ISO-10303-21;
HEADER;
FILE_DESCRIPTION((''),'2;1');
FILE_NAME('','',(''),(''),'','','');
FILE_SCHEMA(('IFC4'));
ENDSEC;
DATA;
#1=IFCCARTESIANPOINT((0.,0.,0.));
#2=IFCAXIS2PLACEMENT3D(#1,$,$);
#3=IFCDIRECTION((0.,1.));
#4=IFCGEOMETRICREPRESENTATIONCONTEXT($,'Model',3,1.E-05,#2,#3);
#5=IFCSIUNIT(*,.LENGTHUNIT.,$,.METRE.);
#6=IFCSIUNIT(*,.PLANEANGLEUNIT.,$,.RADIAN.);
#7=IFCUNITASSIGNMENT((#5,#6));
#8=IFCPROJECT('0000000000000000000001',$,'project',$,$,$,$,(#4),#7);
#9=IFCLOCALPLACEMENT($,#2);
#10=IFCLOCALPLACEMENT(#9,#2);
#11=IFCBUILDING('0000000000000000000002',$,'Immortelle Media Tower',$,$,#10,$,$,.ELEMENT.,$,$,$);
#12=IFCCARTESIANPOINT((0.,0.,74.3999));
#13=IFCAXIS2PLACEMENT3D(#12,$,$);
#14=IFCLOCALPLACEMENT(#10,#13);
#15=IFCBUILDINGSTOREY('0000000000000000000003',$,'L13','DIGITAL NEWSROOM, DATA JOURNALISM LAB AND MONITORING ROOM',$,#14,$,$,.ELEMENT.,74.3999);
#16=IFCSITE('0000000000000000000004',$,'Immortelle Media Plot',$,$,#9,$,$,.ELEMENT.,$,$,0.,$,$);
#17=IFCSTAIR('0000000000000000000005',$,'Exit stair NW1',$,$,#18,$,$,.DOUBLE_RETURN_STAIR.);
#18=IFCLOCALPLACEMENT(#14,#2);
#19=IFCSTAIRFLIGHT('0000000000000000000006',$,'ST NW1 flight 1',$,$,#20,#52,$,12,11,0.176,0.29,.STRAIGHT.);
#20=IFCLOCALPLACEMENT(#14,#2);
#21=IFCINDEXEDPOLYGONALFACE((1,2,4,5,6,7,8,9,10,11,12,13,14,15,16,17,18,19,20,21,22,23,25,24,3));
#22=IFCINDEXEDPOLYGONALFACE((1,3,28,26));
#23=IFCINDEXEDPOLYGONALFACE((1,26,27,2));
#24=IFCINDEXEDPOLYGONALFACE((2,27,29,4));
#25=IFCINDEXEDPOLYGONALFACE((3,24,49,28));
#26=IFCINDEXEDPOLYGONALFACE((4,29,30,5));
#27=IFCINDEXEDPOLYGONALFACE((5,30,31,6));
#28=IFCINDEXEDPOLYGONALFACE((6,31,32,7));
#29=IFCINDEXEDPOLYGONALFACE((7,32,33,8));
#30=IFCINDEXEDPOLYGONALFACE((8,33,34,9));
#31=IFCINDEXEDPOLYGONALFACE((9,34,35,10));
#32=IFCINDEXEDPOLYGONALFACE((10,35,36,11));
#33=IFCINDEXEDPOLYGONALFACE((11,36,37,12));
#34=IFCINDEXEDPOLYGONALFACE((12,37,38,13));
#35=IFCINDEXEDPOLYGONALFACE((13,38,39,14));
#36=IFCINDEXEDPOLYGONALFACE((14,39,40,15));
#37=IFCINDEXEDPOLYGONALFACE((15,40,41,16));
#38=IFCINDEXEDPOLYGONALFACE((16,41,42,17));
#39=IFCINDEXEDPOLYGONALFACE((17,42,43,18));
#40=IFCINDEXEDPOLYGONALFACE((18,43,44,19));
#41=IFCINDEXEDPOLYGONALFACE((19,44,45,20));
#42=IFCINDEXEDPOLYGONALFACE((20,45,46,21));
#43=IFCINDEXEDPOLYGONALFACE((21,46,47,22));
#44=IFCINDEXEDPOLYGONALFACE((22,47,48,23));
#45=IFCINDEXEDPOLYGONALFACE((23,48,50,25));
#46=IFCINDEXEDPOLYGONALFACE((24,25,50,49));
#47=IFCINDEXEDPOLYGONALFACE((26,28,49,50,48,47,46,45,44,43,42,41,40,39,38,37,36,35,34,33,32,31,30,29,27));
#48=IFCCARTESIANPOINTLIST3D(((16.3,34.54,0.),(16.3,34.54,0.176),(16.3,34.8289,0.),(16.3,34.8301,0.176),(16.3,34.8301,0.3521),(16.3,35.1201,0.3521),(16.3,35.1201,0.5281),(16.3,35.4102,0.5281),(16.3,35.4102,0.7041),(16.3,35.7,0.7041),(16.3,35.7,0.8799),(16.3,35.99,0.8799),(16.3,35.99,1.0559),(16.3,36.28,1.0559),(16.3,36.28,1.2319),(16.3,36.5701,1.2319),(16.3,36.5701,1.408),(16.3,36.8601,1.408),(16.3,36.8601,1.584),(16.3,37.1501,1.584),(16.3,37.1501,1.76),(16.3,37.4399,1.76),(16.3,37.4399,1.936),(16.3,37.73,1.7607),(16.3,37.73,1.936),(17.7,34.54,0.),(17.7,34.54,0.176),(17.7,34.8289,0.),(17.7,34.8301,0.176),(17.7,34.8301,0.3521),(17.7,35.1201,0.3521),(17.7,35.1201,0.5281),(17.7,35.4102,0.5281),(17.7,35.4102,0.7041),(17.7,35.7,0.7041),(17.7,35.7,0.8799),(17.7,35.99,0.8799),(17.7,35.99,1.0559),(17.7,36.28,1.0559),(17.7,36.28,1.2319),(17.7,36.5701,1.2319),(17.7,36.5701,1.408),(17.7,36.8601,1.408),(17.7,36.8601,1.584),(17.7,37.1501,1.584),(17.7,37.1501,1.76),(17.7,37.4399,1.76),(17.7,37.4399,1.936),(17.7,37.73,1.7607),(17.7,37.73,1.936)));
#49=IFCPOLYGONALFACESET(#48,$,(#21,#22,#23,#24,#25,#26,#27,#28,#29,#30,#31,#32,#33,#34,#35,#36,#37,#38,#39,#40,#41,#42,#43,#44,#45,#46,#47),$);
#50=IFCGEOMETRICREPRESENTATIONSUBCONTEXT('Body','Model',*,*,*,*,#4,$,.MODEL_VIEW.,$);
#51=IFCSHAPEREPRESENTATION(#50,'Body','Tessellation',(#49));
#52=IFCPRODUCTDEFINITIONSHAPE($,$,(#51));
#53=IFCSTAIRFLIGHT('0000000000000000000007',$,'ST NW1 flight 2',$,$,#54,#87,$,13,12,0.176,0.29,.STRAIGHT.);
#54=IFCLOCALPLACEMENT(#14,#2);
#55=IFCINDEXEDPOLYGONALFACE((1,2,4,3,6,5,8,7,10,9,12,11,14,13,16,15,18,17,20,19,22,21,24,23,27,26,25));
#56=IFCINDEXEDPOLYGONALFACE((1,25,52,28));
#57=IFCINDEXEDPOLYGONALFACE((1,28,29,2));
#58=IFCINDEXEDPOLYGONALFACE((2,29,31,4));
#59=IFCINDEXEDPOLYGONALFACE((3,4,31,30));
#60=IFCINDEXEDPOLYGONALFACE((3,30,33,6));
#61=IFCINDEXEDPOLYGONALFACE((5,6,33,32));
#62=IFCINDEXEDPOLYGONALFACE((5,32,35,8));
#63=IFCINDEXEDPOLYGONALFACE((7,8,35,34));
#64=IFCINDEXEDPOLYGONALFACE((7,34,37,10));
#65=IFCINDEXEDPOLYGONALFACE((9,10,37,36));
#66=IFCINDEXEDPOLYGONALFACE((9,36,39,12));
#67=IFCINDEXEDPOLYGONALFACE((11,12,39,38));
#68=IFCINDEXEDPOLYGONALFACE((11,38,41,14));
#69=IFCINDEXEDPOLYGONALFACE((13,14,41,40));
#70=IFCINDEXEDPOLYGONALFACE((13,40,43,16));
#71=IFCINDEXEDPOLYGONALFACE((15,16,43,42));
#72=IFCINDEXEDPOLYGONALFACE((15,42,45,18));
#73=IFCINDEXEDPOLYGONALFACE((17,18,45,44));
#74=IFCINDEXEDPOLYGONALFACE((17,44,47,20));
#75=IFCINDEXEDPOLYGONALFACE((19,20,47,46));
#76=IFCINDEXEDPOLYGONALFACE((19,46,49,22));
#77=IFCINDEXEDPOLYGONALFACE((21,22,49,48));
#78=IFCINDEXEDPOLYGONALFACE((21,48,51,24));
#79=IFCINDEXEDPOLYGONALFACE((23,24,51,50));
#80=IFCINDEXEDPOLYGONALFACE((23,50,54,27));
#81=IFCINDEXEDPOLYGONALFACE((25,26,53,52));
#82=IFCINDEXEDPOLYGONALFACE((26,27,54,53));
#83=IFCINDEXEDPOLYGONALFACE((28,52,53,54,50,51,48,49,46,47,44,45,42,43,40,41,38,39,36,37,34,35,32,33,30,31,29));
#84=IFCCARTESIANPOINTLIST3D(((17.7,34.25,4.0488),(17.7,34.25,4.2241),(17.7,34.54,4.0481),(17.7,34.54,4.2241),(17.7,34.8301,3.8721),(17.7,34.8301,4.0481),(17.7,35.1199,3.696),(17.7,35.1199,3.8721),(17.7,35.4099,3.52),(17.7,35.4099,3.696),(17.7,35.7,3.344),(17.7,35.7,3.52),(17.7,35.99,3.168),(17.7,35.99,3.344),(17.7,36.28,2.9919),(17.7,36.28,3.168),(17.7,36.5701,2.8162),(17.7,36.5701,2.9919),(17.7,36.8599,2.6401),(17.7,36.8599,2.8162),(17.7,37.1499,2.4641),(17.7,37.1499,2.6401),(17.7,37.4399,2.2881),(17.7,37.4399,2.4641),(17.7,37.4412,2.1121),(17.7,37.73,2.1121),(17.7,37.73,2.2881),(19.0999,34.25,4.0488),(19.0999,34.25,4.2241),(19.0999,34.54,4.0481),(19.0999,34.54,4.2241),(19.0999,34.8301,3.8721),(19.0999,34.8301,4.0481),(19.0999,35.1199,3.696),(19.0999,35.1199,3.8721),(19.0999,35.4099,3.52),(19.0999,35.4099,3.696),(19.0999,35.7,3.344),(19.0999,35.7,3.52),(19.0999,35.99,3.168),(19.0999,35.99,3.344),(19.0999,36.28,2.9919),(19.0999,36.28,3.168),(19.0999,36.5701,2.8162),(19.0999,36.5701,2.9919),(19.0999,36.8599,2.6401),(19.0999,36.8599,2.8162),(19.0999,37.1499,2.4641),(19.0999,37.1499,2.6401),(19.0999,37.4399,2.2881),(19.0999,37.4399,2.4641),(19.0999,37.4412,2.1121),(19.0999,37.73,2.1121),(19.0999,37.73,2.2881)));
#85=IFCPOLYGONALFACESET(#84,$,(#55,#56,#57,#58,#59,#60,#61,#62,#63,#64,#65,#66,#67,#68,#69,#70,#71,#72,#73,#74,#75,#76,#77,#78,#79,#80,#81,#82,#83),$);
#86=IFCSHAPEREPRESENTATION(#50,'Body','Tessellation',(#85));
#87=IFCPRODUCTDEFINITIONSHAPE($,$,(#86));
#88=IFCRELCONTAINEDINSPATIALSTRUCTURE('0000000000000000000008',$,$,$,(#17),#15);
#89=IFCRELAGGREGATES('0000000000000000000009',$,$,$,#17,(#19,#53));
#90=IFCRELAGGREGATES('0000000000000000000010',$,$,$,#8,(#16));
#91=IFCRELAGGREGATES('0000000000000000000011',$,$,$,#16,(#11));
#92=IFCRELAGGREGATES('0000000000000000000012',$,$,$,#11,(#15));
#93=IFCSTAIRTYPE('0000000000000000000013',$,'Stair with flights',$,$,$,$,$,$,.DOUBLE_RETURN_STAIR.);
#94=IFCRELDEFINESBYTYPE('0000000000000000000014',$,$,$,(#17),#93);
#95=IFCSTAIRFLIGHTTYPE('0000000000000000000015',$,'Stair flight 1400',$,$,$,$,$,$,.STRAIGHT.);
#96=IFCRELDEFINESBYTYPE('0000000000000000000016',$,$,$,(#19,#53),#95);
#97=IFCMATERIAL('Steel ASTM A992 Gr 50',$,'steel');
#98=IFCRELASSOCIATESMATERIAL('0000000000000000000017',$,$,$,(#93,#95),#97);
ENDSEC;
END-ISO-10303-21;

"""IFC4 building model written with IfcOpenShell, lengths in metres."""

from ifc_helpers import new_model, si_unit, direction, frame, origin, place, context, subcontext, project, spatial, polyline, outline, extrude, material, type_object, element, aggregate, save


model = new_model("IFC4")

# Units and contexts
model_context = context("Model", 3, precision=1e-05, world=origin(), true_north=direction((0.0, 1.0)))
body_context = subcontext(model_context, "Body", "Model", "MODEL_VIEW")
ifc_project = project(units=[si_unit("LENGTHUNIT", "METRE"), si_unit("PLANEANGLEUNIT", "RADIAN")], contexts=[model_context])

# Site, building, storey
site_placement = place(None, origin())
site = spatial("IfcSite", under=ifc_project, at=site_placement, Name="Immortelle Media Plot", CompositionType="ELEMENT", RefElevation=0.0)
building_placement = place(site_placement, origin())
building = spatial("IfcBuilding", under=site, at=building_placement, Name="Immortelle Media Tower", CompositionType="ELEMENT")
storey_placement = place(building_placement, frame((0.0, 0.0, 74.3999)))
storey = spatial("IfcBuildingStorey", under=building, at=storey_placement, Name="L13", Description="DIGITAL NEWSROOM, DATA JOURNALISM LAB AND MONITORING ROOM", CompositionType="ELEMENT", Elevation=74.3999)

# Shared definitions
ifc_material_1 = material(Name="Steel ASTM A992 Gr 50", Category="steel")

# Stair, stair flights
stair_type = type_object("IfcStairType", Name="Stair with flights", PredefinedType="DOUBLE_RETURN_STAIR", material=ifc_material_1)
stair_placement = place(storey_placement, origin())
stair = element("IfcStair", 1, at=stair_placement, inside=storey, type_object=stair_type, Name="Exit stair NW1", PredefinedType="DOUBLE_RETURN_STAIR")
stair_flight_type = type_object("IfcStairFlightType", Name="Stair flight 1400", PredefinedType="STRAIGHT", material=ifc_material_1)
stair_flight_1_placement = place(storey_placement, frame((17.0, 34.54, 0.0), z_axis=(0.0, 0.0, 1.0), x_axis=(0.0, 1.0, 0.0)))
stair_flight_1 = element("IfcStairFlight", 2, at=stair_flight_1_placement, type_object=stair_flight_type, Name="ST NW1 flight 1", NumberOfRisers=12, NumberOfTreads=11, PredefinedType="STRAIGHT", RiserHeight=0.176, TreadLength=0.29, context=body_context, shape_type="SweptSolid", body=[
    extrude(outline(polyline([(0.0, 0.0), (0.0, 0.176), (0.29, 0.176), (0.29, 0.3521), (0.5801, 0.3521), (0.5801, 0.5281), (0.8701, 0.5281), (0.8701, 0.7041), (1.1599, 0.7041), (1.1599, 0.8799), (1.45, 0.8799), (1.45, 1.0559), (1.74, 1.0559), (1.74, 1.2319), (2.03, 1.2319), (2.03, 1.408), (2.3201, 1.408), (2.3201, 1.584), (2.6101, 1.584), (2.6101, 1.76), (2.8999, 1.76), (2.8999, 1.936), (3.1899, 1.936), (3.1899, 2.1121), (3.1899, 1.7607), (0.2888, 0.0), (0.0, 0.0)])), frame((0.0, 0.7, 0.0), z_axis=(0.0, -1.0, 0.0), x_axis=(1.0, 0.0, 0.0)), (0.0, 0.0, 1.0), 1.3999),
])
stair_flight_2_placement = place(storey_placement, frame((18.3999, 37.73, 2.1121), z_axis=(0.0, 0.0, 1.0), x_axis=(0.0, -1.0, 0.0)))
stair_flight_2 = element("IfcStairFlight", 3, at=stair_flight_2_placement, type_object=stair_flight_type, Name="ST NW1 flight 2", NumberOfRisers=13, NumberOfTreads=12, PredefinedType="STRAIGHT", RiserHeight=0.176, TreadLength=0.29, context=body_context, shape_type="SweptSolid", body=[
    extrude(outline(polyline([(0.0, 0.0), (0.0, 0.176), (0.29, 0.176), (0.29, 0.3521), (0.5801, 0.3521), (0.5801, 0.5281), (0.8701, 0.5281), (0.8701, 0.7041), (1.1599, 0.7041), (1.1599, 0.8799), (1.45, 0.8799), (1.45, 1.0559), (1.74, 1.0559), (1.74, 1.2319), (2.03, 1.2319), (2.03, 1.408), (2.3201, 1.408), (2.3201, 1.584), (2.6101, 1.584), (2.6101, 1.76), (2.8999, 1.76), (2.8999, 1.936), (3.1899, 1.936), (3.1899, 2.1121), (3.48, 2.1121), (3.48, 2.2881), (3.48, 1.9368), (0.2888, 0.0), (0.0, 0.0)])), frame((0.0, 0.7, 0.0), z_axis=(0.0, -1.0, 0.0), x_axis=(1.0, 0.0, 0.0)), (0.0, 0.0, 1.0), 1.3999),
])
aggregate(stair, [stair_flight_1, stair_flight_2])

save(model, "model.ifc")
